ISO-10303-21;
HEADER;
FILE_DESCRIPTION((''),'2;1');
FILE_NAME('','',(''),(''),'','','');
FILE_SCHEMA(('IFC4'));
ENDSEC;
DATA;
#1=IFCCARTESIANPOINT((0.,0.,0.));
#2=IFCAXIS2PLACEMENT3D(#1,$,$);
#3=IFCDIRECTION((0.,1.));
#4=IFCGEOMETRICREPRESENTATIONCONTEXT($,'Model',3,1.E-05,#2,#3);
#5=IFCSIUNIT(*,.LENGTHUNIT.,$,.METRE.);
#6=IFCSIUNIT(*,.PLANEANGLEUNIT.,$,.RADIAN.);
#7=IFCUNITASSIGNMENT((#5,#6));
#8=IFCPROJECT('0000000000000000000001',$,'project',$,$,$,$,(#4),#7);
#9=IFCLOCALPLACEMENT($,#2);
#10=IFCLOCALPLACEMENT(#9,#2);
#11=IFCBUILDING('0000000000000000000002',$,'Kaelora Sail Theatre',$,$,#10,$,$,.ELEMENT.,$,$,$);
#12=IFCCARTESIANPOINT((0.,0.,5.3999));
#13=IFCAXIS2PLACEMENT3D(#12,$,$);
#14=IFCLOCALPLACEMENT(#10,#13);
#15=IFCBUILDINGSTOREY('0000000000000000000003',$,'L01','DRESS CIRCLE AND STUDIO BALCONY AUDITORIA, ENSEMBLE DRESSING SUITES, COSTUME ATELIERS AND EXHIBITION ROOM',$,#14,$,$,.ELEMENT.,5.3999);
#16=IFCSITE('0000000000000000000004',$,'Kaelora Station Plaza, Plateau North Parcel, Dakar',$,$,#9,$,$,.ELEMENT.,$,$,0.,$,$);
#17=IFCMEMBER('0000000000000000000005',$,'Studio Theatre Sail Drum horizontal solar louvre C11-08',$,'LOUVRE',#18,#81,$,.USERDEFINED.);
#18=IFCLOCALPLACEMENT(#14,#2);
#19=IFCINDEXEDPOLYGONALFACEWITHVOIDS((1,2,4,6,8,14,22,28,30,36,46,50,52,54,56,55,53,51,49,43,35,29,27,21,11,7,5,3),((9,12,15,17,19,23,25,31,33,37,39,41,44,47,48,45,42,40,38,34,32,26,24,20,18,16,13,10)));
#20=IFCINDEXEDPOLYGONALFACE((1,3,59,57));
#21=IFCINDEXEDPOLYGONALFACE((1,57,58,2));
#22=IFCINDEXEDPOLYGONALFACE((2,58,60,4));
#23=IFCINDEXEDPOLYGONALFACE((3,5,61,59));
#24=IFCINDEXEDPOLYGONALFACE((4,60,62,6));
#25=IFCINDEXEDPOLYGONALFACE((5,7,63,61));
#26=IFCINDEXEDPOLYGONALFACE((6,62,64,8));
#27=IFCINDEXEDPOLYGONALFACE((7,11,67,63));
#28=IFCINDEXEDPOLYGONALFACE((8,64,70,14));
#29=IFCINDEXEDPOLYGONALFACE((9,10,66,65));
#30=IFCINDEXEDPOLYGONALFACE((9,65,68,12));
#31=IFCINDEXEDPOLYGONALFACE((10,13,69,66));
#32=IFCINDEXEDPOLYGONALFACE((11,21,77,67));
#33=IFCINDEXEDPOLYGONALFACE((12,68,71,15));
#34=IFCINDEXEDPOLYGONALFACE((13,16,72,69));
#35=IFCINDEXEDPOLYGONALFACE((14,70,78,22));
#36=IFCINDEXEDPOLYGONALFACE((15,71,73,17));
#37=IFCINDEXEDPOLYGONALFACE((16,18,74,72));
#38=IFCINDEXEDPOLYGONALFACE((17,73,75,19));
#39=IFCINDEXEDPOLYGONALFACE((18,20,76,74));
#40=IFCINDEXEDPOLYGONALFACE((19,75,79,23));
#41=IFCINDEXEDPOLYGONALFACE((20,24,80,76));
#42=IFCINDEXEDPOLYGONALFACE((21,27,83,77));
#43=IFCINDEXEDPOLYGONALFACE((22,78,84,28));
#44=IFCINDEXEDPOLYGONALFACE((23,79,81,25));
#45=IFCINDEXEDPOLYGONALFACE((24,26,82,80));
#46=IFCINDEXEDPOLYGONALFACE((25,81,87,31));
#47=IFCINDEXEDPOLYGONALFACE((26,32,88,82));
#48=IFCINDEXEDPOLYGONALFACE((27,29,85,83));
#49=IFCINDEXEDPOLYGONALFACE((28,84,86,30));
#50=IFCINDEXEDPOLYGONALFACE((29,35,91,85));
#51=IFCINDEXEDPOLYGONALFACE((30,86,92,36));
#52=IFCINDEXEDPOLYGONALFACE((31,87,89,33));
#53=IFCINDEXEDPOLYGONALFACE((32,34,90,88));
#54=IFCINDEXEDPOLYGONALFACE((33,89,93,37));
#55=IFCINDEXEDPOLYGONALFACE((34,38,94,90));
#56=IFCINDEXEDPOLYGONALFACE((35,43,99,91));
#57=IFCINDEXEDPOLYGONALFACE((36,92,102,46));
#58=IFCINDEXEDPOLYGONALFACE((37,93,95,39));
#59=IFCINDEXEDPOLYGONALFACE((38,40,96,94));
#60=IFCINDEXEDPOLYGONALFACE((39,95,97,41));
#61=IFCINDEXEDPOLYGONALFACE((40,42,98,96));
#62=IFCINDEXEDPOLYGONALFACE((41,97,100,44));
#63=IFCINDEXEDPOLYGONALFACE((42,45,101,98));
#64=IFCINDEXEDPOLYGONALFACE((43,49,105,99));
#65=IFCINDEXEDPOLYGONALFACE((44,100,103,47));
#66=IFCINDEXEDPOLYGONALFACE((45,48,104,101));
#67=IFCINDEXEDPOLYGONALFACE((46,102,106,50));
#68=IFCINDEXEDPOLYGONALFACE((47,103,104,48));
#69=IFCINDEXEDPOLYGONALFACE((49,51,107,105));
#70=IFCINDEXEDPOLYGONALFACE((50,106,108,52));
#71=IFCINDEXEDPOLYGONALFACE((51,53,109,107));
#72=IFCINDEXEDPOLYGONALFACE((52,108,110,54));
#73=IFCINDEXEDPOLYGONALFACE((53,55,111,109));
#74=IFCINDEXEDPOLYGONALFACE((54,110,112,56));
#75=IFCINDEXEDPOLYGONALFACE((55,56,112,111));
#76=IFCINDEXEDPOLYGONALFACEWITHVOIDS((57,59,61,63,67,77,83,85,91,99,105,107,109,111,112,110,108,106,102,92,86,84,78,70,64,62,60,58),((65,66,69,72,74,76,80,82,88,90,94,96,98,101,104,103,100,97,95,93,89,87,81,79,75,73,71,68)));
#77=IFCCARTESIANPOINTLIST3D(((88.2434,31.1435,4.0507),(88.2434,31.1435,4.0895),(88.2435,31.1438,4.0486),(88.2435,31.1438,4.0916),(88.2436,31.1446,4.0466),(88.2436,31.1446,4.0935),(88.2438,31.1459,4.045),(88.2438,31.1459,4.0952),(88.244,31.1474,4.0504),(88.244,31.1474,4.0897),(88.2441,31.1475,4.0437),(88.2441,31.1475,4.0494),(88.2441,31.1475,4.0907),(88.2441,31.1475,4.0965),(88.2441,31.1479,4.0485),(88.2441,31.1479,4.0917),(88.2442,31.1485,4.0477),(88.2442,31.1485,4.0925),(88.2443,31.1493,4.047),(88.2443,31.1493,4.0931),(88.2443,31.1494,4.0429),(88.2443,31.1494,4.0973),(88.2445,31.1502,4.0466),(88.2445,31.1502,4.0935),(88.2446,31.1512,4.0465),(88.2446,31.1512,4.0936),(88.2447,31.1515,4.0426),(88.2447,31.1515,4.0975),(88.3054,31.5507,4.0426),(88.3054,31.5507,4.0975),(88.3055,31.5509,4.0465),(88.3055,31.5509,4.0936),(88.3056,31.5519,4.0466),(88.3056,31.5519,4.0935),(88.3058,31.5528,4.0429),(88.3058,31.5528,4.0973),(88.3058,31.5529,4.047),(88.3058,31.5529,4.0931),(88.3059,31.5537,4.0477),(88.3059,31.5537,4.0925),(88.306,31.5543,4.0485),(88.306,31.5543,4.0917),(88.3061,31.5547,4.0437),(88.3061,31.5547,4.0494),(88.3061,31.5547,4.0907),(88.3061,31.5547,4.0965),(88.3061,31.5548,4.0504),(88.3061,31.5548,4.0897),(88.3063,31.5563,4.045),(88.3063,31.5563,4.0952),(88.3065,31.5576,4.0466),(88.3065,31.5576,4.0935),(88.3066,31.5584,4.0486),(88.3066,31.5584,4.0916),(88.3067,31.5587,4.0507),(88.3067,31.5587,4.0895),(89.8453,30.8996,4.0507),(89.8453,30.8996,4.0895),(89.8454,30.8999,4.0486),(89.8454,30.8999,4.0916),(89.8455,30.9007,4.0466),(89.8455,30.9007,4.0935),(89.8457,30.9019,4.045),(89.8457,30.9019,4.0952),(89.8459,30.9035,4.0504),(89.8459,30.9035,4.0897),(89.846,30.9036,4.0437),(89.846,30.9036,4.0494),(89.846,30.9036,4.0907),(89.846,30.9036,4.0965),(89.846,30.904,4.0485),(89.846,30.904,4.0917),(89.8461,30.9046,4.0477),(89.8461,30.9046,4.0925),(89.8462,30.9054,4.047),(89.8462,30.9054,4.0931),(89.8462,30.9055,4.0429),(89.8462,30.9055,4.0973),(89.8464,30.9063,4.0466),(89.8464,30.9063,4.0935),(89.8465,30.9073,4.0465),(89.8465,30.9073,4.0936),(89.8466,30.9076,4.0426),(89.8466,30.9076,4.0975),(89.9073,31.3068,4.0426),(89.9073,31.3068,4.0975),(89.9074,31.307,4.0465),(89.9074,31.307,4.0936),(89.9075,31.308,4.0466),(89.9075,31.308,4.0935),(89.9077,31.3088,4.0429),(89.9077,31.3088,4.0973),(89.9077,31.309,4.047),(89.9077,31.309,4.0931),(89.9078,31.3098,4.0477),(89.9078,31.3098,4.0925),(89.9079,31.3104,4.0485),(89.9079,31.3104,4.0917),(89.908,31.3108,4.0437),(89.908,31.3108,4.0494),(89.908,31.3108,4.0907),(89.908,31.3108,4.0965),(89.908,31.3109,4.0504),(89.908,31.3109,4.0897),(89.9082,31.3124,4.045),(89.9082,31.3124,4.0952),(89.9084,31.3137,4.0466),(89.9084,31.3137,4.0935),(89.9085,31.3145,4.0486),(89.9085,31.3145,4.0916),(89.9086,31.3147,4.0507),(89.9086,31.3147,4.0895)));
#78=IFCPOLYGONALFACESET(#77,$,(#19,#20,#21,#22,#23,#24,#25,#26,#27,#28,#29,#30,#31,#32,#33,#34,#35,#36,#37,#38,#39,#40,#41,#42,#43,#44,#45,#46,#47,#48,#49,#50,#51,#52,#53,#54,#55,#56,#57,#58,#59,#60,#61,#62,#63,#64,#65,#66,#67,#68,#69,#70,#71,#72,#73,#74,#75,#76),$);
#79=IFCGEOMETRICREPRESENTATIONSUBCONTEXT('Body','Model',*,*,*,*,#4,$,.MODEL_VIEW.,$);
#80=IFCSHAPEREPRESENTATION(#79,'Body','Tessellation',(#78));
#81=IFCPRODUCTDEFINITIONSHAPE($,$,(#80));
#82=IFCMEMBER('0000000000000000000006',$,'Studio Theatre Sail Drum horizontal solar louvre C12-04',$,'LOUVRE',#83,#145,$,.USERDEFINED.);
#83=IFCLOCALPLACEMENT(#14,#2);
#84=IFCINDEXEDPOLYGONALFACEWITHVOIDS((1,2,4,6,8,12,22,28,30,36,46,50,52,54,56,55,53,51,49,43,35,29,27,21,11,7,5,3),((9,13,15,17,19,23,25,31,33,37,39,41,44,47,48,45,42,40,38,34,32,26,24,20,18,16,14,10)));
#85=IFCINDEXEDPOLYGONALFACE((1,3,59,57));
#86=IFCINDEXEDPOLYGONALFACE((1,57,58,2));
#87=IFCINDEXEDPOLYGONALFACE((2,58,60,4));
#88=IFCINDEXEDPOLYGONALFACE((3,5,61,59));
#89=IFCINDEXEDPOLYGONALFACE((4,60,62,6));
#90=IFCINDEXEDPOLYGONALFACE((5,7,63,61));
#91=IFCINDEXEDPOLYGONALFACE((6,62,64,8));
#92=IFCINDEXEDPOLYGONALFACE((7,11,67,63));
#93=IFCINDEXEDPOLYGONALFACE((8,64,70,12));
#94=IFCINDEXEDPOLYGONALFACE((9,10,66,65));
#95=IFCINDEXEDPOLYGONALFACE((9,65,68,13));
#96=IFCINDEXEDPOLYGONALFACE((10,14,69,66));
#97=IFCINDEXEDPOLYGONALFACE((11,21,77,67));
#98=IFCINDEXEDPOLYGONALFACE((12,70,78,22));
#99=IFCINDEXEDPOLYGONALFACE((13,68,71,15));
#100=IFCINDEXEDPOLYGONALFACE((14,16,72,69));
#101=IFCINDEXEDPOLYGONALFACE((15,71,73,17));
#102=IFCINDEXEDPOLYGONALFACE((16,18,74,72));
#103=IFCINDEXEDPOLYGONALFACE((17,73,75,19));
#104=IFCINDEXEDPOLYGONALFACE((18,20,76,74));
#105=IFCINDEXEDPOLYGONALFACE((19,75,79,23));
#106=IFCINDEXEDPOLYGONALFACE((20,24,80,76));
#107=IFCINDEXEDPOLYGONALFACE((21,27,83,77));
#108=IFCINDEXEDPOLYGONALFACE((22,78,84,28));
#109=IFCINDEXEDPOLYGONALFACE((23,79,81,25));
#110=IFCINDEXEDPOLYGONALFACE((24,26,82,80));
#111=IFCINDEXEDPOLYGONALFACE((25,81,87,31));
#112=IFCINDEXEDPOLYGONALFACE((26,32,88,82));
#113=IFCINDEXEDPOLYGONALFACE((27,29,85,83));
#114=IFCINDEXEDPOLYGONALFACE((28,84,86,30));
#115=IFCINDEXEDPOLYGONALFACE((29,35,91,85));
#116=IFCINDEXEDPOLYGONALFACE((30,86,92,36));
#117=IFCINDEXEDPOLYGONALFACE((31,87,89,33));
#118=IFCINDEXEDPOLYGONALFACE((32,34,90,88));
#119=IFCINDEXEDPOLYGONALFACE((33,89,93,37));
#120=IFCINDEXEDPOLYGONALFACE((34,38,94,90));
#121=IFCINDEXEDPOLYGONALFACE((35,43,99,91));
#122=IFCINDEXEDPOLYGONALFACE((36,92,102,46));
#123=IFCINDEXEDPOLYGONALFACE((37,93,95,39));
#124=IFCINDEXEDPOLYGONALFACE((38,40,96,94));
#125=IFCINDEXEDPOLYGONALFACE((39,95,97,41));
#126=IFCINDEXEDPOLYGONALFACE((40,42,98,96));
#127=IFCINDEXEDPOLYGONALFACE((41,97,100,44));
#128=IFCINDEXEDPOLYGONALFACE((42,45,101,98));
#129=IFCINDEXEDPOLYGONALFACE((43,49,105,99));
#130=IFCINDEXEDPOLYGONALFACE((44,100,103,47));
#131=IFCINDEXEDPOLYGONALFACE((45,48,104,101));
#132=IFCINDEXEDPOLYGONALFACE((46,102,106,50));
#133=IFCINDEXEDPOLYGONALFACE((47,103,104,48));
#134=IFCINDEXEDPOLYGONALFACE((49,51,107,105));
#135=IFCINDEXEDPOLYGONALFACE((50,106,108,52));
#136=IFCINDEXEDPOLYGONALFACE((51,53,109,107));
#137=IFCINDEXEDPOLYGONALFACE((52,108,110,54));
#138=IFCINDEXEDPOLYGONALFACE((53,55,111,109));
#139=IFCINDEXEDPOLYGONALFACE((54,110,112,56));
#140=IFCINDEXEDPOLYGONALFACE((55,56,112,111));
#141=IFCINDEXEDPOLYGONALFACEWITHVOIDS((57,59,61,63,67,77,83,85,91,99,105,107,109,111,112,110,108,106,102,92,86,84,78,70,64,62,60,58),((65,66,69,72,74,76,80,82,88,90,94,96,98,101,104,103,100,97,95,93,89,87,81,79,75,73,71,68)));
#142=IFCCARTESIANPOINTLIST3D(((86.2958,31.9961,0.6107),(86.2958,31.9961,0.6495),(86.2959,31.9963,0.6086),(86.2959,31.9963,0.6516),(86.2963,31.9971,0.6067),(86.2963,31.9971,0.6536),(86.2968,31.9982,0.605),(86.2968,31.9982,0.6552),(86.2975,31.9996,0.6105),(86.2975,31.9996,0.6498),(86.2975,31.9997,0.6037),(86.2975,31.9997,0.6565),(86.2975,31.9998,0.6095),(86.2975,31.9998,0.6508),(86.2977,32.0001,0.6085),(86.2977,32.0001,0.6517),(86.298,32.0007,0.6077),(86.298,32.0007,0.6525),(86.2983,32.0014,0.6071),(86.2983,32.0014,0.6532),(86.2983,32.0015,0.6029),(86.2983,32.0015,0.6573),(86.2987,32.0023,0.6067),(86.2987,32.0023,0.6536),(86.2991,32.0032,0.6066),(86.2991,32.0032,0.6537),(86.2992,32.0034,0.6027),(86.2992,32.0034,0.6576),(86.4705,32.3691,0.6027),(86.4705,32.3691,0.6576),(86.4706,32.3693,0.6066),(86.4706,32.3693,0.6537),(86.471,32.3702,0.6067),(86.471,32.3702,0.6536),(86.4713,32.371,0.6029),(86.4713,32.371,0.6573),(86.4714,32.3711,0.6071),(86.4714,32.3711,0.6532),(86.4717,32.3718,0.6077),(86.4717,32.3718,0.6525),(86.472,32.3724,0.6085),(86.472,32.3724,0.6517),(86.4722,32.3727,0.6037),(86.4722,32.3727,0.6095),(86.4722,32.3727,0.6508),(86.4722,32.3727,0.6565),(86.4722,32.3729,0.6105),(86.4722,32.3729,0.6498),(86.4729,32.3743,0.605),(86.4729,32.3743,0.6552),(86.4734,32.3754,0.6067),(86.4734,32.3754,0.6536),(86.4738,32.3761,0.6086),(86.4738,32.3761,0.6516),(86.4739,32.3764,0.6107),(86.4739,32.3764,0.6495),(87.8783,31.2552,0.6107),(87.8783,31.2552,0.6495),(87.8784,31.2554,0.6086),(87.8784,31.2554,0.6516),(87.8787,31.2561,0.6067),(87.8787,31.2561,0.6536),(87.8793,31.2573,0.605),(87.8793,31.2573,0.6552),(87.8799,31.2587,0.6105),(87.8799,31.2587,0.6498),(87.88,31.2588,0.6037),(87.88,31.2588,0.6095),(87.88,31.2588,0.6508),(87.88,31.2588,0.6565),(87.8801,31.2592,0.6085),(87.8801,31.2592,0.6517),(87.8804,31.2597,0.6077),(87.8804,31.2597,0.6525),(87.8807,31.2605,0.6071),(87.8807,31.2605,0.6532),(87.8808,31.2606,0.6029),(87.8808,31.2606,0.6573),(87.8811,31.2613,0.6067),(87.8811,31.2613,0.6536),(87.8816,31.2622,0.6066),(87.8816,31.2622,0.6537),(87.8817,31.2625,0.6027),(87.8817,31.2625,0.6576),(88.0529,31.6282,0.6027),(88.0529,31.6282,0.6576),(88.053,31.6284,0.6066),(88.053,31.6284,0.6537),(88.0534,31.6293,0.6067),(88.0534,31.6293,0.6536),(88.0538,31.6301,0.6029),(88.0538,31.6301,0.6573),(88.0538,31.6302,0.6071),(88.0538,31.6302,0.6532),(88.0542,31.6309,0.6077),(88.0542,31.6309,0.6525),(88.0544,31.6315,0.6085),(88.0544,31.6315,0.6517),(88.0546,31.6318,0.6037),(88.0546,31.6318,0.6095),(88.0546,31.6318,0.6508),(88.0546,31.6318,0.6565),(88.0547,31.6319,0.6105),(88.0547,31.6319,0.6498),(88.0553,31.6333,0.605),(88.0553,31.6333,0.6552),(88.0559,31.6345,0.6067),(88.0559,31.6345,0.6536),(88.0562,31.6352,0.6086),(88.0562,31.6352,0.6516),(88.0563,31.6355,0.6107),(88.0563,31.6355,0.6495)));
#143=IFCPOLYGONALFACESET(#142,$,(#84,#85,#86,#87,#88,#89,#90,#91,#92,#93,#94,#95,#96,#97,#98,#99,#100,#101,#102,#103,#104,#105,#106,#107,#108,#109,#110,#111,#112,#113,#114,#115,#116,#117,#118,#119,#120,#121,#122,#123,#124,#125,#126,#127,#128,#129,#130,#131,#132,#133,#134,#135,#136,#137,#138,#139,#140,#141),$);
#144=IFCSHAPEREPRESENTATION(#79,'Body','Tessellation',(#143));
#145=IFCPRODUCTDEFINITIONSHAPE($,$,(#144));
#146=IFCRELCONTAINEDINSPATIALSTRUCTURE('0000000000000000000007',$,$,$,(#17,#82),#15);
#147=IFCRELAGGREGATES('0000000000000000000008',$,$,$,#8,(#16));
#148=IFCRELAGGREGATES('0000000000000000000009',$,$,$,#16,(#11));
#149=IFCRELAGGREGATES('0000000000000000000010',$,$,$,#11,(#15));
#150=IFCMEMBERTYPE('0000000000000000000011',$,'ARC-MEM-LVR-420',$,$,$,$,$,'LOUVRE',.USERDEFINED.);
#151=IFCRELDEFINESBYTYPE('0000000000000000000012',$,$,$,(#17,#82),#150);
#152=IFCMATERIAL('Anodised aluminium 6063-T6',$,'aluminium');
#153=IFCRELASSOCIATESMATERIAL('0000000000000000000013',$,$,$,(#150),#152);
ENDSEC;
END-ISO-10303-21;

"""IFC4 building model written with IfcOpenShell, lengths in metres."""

from ifc_helpers import new_model, si_unit, direction, frame, origin, origin_2d, place, context, subcontext, project, spatial, hollow_rectangle, extrude, material, material_profile, profile_set, type_object, element, save


model = new_model("IFC4")

# Units and contexts
model_context = context("Model", 3, precision=1e-05, world=origin(), true_north=direction((0.0, 1.0)))
body_context = subcontext(model_context, "Body", "Model", "MODEL_VIEW")
ifc_project = project(units=[si_unit("LENGTHUNIT", "METRE"), si_unit("PLANEANGLEUNIT", "RADIAN")], contexts=[model_context])

# Site, building, storey
site_placement = place(None, origin())
site = spatial("IfcSite", under=ifc_project, at=site_placement, Name="Kaelora Station Plaza, Plateau North Parcel, Dakar", CompositionType="ELEMENT", RefElevation=0.0)
building_placement = place(site_placement, origin())
building = spatial("IfcBuilding", under=site, at=building_placement, Name="Kaelora Sail Theatre", CompositionType="ELEMENT")
storey_placement = place(building_placement, frame((0.0, 0.0, 5.3999)))
storey = spatial("IfcBuildingStorey", under=building, at=storey_placement, Name="L01", Description="DRESS CIRCLE AND STUDIO BALCONY AUDITORIA, ENSEMBLE DRESSING SUITES, COSTUME ATELIERS AND EXHIBITION ROOM", CompositionType="ELEMENT", Elevation=5.3999)

# Members
ifc_material_1 = material(Name="Anodised aluminium 6063-T6", Category="aluminium")
ifc_material_profile_1 = material_profile(ifc_material_1, hollow_rectangle(XDim=0.4199, YDim=0.0549, WallThickness=0.0039, InnerFilletRadius=0.0039, OuterFilletRadius=0.0081, at=origin_2d()), Name="LOUVRE 420x55x4")
ifc_profile_set_1 = profile_set([ifc_material_profile_1], Name="Anodised aluminium 6063-T6")
member_type = type_object("IfcMemberType", Name="ARC-MEM-LVR-420", ElementType="LOUVRE", PredefinedType="USERDEFINED", material=ifc_profile_set_1)
for number, where, z_axis, x_axis, name in (
    (1, (89.877, 31.1072, 4.0701), (-0.988606, 0.150528, 0.0), (-0.150528, -0.988606, 0.0), "Studio Theatre Sail Drum horizontal solar louvre C11-08"),
):
    element("IfcMember", number, at=place(storey_placement, frame(where, z_axis=z_axis, x_axis=x_axis)), inside=storey, type_object=member_type, Name=name, ObjectType="LOUVRE", PredefinedType="USERDEFINED", context=body_context, shape_type="SweptSolid", body=[
        extrude(hollow_rectangle(XDim=0.4199, YDim=0.0549, WallThickness=0.0039, InnerFilletRadius=0.0039, OuterFilletRadius=0.0081, at=origin_2d()), origin(), (0.0, 0.0, 1.0), 1.6204),
    ])
for number, where, z_axis, x_axis, name in (
    (2, (87.9673, 31.4453, 0.6301), (-0.905643, 0.42404, 0.0), (-0.42404, -0.905643, 0.0), "Studio Theatre Sail Drum horizontal solar louvre C12-04"),
):
    element("IfcMember", number, at=place(storey_placement, frame(where, z_axis=z_axis, x_axis=x_axis)), inside=storey, type_object=member_type, Name=name, ObjectType="LOUVRE", PredefinedType="USERDEFINED", context=body_context, shape_type="SweptSolid", body=[
        extrude(hollow_rectangle(XDim=0.4199, YDim=0.0549, WallThickness=0.0039, InnerFilletRadius=0.0039, OuterFilletRadius=0.0081, at=origin_2d()), origin(), (0.0, 0.0, 1.0), 1.7473),
    ])

save(model, "model.ifc")
